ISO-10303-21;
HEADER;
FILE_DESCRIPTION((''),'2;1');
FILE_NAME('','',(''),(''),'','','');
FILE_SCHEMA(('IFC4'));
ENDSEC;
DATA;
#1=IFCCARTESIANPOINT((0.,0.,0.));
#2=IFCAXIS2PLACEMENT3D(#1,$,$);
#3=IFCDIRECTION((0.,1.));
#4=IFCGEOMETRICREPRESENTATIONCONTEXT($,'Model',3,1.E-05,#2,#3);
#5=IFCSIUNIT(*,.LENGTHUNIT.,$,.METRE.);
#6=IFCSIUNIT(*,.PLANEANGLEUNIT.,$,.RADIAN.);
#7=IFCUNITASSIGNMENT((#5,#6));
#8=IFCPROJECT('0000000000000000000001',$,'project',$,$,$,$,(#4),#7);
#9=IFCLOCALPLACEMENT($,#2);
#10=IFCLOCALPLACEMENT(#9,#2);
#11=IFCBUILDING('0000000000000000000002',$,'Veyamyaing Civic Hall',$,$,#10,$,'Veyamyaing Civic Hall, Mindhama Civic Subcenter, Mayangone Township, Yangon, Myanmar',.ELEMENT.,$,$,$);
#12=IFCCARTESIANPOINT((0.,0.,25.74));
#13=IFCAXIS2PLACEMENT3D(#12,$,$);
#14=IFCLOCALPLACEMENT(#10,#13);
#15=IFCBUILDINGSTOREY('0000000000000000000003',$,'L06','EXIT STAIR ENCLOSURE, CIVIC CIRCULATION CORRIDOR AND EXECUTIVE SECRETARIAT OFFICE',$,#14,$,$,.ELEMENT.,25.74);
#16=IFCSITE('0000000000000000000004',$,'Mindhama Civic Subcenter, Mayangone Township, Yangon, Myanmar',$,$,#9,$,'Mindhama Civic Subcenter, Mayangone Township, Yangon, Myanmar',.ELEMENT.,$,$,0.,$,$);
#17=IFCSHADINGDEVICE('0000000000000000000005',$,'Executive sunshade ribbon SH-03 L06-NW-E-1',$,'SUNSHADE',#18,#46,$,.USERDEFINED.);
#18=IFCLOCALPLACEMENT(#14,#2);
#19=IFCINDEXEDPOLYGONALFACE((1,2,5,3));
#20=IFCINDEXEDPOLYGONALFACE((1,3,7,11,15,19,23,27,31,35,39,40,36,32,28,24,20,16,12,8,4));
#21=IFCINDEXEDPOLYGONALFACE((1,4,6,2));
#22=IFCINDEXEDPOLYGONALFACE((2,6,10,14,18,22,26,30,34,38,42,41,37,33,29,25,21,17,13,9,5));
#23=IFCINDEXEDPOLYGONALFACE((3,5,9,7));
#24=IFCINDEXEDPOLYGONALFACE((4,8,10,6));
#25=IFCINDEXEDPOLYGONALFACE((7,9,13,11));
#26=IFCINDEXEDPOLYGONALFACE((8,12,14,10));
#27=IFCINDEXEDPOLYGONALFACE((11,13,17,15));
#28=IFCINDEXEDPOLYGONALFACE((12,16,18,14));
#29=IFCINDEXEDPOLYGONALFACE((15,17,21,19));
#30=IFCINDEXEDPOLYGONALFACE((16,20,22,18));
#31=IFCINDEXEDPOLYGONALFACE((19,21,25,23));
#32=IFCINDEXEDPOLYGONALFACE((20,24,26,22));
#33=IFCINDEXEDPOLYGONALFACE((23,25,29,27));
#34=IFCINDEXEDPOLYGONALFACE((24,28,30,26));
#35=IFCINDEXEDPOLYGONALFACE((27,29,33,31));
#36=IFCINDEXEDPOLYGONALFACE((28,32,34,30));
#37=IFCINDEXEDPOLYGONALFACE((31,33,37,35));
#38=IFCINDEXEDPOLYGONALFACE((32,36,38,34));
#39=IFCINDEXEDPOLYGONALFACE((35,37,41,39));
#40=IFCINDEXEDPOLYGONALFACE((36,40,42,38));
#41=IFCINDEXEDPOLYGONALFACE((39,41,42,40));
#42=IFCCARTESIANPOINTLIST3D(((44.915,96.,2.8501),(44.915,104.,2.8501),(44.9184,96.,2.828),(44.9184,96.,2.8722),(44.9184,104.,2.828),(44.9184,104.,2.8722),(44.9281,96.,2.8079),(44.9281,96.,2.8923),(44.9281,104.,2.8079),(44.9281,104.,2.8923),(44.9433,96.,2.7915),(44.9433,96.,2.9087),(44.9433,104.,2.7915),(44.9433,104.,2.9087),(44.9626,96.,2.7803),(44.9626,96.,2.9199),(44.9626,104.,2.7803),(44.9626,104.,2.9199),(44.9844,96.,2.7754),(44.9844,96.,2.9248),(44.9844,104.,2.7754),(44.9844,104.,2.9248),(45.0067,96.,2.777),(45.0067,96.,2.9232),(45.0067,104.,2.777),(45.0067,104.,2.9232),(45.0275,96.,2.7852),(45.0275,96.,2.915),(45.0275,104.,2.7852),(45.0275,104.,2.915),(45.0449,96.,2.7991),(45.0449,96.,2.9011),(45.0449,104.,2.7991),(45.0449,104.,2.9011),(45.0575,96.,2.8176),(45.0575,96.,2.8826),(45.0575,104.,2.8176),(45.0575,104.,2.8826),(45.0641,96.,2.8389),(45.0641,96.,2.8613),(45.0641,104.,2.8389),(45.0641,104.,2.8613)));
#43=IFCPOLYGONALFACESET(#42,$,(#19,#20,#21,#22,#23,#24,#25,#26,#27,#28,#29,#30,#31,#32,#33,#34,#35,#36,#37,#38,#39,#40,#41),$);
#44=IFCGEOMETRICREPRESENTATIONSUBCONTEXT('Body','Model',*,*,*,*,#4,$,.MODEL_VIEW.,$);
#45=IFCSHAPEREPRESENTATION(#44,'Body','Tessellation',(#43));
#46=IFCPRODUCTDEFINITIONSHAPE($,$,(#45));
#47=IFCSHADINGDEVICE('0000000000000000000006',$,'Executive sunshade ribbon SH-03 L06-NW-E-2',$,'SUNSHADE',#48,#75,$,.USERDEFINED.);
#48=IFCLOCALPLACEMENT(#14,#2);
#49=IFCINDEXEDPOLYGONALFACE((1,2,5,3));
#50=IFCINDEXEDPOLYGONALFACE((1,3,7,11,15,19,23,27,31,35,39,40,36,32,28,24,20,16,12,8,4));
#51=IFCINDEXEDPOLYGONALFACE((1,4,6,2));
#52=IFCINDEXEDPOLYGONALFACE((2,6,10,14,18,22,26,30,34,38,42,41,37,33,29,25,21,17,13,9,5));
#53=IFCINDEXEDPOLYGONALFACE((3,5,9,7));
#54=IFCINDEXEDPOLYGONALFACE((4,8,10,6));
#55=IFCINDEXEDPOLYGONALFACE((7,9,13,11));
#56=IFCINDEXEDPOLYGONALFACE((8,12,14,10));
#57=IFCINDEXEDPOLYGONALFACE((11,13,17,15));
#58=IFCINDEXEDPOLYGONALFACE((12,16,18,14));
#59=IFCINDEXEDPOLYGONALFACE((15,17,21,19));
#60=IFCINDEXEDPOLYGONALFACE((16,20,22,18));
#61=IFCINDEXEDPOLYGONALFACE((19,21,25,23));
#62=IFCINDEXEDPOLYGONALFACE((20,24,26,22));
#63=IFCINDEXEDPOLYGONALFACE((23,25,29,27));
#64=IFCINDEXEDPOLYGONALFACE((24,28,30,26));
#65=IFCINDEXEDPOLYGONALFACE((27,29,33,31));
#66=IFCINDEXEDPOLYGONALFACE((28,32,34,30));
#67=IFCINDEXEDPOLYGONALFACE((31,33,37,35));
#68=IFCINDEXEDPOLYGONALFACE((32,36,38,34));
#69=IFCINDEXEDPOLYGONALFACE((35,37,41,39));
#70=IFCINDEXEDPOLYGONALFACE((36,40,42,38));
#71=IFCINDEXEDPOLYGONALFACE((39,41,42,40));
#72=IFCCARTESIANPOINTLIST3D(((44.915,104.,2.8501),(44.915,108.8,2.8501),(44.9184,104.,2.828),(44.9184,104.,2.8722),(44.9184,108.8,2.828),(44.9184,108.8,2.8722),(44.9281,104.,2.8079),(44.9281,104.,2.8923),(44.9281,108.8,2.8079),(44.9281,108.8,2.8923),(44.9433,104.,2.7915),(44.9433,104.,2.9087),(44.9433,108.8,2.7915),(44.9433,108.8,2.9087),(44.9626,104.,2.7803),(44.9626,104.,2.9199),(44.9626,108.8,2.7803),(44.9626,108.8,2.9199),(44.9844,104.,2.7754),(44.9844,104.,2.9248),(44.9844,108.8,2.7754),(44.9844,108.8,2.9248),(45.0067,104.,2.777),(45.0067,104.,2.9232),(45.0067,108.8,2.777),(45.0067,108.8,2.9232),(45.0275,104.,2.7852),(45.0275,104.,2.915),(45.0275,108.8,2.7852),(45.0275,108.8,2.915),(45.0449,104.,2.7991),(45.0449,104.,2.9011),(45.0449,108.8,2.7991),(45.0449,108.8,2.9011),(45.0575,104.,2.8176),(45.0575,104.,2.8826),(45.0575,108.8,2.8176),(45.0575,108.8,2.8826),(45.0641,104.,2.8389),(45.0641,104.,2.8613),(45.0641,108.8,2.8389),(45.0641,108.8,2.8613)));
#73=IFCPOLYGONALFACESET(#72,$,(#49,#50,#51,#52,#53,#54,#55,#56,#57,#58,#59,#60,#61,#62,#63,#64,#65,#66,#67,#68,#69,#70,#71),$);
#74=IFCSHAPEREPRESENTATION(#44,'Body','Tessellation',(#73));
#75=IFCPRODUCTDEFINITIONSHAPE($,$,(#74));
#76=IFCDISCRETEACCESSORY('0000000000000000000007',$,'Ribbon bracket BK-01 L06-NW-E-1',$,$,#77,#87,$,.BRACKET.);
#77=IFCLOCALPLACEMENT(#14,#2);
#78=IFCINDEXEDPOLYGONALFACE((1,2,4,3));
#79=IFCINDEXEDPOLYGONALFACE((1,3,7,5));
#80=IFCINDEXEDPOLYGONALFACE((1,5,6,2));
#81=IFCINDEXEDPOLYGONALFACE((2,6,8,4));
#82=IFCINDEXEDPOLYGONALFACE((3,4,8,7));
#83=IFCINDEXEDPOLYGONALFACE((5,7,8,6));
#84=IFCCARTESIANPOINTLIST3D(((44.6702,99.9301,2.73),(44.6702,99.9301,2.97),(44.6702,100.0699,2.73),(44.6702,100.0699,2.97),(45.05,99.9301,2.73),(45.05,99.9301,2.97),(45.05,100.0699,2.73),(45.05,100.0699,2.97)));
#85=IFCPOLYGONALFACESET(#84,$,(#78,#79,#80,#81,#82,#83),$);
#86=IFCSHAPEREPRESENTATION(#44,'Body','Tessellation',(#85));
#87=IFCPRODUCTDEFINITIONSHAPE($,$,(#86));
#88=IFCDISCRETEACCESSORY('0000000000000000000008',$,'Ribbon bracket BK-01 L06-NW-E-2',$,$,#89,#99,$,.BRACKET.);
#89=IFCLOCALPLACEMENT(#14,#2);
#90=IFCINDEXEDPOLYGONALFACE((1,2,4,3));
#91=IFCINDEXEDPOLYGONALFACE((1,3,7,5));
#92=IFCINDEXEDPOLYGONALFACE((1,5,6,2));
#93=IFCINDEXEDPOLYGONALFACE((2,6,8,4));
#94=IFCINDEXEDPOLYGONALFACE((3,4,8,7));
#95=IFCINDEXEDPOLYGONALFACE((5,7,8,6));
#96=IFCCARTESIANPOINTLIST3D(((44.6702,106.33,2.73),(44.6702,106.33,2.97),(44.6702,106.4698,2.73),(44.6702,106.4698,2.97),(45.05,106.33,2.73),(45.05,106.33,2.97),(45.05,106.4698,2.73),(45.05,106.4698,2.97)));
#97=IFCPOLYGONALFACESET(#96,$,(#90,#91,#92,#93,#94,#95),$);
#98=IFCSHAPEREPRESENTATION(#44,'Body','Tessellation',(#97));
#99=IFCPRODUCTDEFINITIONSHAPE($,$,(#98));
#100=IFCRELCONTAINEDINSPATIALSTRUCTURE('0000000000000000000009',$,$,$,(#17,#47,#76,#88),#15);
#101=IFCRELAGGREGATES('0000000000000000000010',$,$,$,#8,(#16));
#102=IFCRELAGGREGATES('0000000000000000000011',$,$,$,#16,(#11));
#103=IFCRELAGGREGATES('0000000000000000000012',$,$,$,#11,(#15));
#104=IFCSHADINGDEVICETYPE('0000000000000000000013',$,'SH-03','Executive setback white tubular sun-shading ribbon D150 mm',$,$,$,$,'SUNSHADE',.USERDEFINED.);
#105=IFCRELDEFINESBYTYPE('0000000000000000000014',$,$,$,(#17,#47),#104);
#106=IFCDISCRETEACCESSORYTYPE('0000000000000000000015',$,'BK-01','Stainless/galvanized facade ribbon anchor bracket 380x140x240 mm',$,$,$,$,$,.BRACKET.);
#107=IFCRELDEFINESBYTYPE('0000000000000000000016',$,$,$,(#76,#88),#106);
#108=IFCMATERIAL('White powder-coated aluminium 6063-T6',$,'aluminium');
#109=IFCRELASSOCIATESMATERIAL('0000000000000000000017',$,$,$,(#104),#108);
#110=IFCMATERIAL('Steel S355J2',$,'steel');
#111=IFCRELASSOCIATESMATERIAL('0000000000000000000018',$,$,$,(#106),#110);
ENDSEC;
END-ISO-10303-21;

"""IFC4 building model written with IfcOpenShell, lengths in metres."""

from ifc_helpers import new_model, si_unit, direction, frame, origin, origin_2d, place, context, subcontext, project, spatial, rectangle, circle, extrude, material, material_profile, profile_set, type_object, element, save


model = new_model("IFC4")

# Units and contexts
model_context = context("Model", 3, precision=1e-05, world=origin(), true_north=direction((0.0, 1.0)))
body_context = subcontext(model_context, "Body", "Model", "MODEL_VIEW")
ifc_project = project(units=[si_unit("LENGTHUNIT", "METRE"), si_unit("PLANEANGLEUNIT", "RADIAN")], contexts=[model_context])

# Site, building, storey
site_placement = place(None, origin())
site = spatial("IfcSite", under=ifc_project, at=site_placement, Name="Mindhama Civic Subcenter, Mayangone Township, Yangon, Myanmar", LongName="Mindhama Civic Subcenter, Mayangone Township, Yangon, Myanmar", CompositionType="ELEMENT", RefElevation=0.0)
building_placement = place(site_placement, origin())
building = spatial("IfcBuilding", under=site, at=building_placement, Name="Veyamyaing Civic Hall", LongName="Veyamyaing Civic Hall, Mindhama Civic Subcenter, Mayangone Township, Yangon, Myanmar", CompositionType="ELEMENT")
storey_placement = place(building_placement, frame((0.0, 0.0, 25.74)))
storey = spatial("IfcBuildingStorey", under=building, at=storey_placement, Name="L06", Description="EXIT STAIR ENCLOSURE, CIVIC CIRCULATION CORRIDOR AND EXECUTIVE SECRETARIAT OFFICE", CompositionType="ELEMENT", Elevation=25.74)

# Shared definitions
ifc_material_1 = material(Name="White powder-coated aluminium 6063-T6", Category="aluminium")

# Shading devices
ifc_material_profile_1 = material_profile(ifc_material_1, circle(Radius=0.075, at=origin_2d()), Name="SHADE-TUBE-150")
ifc_profile_set_1 = profile_set([ifc_material_profile_1], Name="White powder-coated aluminium 6063-T6")
shading_device_type = type_object("IfcShadingDeviceType", Name="SH-03", Description="Executive setback white tubular sun-shading ribbon D150 mm", ElementType="SUNSHADE", PredefinedType="USERDEFINED", material=ifc_profile_set_1)
shading_device_1_placement = place(storey_placement, frame((44.99, 96.0, 2.8501), z_axis=(0.0, 1.0, 0.0), x_axis=(-1.0, 0.0, 0.0)))
element("IfcShadingDevice", 1, at=shading_device_1_placement, inside=storey, type_object=shading_device_type, Name="Executive sunshade ribbon SH-03 L06-NW-E-1", ObjectType="SUNSHADE", PredefinedType="USERDEFINED", context=body_context, shape_type="SweptSolid", body=[
    extrude(circle(Radius=0.075, at=origin_2d()), origin(), (0.0, 0.0, 1.0), 8.0),
])
shading_device_2_placement = place(storey_placement, frame((44.99, 104.0, 2.8501), z_axis=(0.0, 1.0, 0.0), x_axis=(-1.0, 0.0, 0.0)))
element("IfcShadingDevice", 2, at=shading_device_2_placement, inside=storey, type_object=shading_device_type, Name="Executive sunshade ribbon SH-03 L06-NW-E-2", ObjectType="SUNSHADE", PredefinedType="USERDEFINED", context=body_context, shape_type="SweptSolid", body=[
    extrude(circle(Radius=0.075, at=origin_2d()), origin(), (0.0, 0.0, 1.0), 4.8),
])

# Discrete accessories
ifc_material_2 = material(Name="Steel S355J2", Category="steel")
discrete_accessory_type = type_object("IfcDiscreteAccessoryType", Name="BK-01", Description="Stainless/galvanized facade ribbon anchor bracket 380x140x240 mm", PredefinedType="BRACKET", material=ifc_material_2)
for number, where, z_axis, x_axis, name in (
    (3, (44.8601, 100.0, 2.73), (0.0, 0.0, 1.0), (1.0, 0.0, 0.0), "Ribbon bracket BK-01 L06-NW-E-1"),
    (4, (44.8601, 106.3999, 2.73), (0.0, 0.0, 1.0), (1.0, 0.0, 0.0), "Ribbon bracket BK-01 L06-NW-E-2"),
):
    element("IfcDiscreteAccessory", number, at=place(storey_placement, frame(where, z_axis=z_axis, x_axis=x_axis)), inside=storey, type_object=discrete_accessory_type, Name=name, PredefinedType="BRACKET", context=body_context, shape_type="SweptSolid", body=[
        extrude(rectangle(XDim=0.3799, YDim=0.1399, at=origin_2d()), origin(), (0.0, 0.0, 1.0), 0.24),
    ])

save(model, "model.ifc")
